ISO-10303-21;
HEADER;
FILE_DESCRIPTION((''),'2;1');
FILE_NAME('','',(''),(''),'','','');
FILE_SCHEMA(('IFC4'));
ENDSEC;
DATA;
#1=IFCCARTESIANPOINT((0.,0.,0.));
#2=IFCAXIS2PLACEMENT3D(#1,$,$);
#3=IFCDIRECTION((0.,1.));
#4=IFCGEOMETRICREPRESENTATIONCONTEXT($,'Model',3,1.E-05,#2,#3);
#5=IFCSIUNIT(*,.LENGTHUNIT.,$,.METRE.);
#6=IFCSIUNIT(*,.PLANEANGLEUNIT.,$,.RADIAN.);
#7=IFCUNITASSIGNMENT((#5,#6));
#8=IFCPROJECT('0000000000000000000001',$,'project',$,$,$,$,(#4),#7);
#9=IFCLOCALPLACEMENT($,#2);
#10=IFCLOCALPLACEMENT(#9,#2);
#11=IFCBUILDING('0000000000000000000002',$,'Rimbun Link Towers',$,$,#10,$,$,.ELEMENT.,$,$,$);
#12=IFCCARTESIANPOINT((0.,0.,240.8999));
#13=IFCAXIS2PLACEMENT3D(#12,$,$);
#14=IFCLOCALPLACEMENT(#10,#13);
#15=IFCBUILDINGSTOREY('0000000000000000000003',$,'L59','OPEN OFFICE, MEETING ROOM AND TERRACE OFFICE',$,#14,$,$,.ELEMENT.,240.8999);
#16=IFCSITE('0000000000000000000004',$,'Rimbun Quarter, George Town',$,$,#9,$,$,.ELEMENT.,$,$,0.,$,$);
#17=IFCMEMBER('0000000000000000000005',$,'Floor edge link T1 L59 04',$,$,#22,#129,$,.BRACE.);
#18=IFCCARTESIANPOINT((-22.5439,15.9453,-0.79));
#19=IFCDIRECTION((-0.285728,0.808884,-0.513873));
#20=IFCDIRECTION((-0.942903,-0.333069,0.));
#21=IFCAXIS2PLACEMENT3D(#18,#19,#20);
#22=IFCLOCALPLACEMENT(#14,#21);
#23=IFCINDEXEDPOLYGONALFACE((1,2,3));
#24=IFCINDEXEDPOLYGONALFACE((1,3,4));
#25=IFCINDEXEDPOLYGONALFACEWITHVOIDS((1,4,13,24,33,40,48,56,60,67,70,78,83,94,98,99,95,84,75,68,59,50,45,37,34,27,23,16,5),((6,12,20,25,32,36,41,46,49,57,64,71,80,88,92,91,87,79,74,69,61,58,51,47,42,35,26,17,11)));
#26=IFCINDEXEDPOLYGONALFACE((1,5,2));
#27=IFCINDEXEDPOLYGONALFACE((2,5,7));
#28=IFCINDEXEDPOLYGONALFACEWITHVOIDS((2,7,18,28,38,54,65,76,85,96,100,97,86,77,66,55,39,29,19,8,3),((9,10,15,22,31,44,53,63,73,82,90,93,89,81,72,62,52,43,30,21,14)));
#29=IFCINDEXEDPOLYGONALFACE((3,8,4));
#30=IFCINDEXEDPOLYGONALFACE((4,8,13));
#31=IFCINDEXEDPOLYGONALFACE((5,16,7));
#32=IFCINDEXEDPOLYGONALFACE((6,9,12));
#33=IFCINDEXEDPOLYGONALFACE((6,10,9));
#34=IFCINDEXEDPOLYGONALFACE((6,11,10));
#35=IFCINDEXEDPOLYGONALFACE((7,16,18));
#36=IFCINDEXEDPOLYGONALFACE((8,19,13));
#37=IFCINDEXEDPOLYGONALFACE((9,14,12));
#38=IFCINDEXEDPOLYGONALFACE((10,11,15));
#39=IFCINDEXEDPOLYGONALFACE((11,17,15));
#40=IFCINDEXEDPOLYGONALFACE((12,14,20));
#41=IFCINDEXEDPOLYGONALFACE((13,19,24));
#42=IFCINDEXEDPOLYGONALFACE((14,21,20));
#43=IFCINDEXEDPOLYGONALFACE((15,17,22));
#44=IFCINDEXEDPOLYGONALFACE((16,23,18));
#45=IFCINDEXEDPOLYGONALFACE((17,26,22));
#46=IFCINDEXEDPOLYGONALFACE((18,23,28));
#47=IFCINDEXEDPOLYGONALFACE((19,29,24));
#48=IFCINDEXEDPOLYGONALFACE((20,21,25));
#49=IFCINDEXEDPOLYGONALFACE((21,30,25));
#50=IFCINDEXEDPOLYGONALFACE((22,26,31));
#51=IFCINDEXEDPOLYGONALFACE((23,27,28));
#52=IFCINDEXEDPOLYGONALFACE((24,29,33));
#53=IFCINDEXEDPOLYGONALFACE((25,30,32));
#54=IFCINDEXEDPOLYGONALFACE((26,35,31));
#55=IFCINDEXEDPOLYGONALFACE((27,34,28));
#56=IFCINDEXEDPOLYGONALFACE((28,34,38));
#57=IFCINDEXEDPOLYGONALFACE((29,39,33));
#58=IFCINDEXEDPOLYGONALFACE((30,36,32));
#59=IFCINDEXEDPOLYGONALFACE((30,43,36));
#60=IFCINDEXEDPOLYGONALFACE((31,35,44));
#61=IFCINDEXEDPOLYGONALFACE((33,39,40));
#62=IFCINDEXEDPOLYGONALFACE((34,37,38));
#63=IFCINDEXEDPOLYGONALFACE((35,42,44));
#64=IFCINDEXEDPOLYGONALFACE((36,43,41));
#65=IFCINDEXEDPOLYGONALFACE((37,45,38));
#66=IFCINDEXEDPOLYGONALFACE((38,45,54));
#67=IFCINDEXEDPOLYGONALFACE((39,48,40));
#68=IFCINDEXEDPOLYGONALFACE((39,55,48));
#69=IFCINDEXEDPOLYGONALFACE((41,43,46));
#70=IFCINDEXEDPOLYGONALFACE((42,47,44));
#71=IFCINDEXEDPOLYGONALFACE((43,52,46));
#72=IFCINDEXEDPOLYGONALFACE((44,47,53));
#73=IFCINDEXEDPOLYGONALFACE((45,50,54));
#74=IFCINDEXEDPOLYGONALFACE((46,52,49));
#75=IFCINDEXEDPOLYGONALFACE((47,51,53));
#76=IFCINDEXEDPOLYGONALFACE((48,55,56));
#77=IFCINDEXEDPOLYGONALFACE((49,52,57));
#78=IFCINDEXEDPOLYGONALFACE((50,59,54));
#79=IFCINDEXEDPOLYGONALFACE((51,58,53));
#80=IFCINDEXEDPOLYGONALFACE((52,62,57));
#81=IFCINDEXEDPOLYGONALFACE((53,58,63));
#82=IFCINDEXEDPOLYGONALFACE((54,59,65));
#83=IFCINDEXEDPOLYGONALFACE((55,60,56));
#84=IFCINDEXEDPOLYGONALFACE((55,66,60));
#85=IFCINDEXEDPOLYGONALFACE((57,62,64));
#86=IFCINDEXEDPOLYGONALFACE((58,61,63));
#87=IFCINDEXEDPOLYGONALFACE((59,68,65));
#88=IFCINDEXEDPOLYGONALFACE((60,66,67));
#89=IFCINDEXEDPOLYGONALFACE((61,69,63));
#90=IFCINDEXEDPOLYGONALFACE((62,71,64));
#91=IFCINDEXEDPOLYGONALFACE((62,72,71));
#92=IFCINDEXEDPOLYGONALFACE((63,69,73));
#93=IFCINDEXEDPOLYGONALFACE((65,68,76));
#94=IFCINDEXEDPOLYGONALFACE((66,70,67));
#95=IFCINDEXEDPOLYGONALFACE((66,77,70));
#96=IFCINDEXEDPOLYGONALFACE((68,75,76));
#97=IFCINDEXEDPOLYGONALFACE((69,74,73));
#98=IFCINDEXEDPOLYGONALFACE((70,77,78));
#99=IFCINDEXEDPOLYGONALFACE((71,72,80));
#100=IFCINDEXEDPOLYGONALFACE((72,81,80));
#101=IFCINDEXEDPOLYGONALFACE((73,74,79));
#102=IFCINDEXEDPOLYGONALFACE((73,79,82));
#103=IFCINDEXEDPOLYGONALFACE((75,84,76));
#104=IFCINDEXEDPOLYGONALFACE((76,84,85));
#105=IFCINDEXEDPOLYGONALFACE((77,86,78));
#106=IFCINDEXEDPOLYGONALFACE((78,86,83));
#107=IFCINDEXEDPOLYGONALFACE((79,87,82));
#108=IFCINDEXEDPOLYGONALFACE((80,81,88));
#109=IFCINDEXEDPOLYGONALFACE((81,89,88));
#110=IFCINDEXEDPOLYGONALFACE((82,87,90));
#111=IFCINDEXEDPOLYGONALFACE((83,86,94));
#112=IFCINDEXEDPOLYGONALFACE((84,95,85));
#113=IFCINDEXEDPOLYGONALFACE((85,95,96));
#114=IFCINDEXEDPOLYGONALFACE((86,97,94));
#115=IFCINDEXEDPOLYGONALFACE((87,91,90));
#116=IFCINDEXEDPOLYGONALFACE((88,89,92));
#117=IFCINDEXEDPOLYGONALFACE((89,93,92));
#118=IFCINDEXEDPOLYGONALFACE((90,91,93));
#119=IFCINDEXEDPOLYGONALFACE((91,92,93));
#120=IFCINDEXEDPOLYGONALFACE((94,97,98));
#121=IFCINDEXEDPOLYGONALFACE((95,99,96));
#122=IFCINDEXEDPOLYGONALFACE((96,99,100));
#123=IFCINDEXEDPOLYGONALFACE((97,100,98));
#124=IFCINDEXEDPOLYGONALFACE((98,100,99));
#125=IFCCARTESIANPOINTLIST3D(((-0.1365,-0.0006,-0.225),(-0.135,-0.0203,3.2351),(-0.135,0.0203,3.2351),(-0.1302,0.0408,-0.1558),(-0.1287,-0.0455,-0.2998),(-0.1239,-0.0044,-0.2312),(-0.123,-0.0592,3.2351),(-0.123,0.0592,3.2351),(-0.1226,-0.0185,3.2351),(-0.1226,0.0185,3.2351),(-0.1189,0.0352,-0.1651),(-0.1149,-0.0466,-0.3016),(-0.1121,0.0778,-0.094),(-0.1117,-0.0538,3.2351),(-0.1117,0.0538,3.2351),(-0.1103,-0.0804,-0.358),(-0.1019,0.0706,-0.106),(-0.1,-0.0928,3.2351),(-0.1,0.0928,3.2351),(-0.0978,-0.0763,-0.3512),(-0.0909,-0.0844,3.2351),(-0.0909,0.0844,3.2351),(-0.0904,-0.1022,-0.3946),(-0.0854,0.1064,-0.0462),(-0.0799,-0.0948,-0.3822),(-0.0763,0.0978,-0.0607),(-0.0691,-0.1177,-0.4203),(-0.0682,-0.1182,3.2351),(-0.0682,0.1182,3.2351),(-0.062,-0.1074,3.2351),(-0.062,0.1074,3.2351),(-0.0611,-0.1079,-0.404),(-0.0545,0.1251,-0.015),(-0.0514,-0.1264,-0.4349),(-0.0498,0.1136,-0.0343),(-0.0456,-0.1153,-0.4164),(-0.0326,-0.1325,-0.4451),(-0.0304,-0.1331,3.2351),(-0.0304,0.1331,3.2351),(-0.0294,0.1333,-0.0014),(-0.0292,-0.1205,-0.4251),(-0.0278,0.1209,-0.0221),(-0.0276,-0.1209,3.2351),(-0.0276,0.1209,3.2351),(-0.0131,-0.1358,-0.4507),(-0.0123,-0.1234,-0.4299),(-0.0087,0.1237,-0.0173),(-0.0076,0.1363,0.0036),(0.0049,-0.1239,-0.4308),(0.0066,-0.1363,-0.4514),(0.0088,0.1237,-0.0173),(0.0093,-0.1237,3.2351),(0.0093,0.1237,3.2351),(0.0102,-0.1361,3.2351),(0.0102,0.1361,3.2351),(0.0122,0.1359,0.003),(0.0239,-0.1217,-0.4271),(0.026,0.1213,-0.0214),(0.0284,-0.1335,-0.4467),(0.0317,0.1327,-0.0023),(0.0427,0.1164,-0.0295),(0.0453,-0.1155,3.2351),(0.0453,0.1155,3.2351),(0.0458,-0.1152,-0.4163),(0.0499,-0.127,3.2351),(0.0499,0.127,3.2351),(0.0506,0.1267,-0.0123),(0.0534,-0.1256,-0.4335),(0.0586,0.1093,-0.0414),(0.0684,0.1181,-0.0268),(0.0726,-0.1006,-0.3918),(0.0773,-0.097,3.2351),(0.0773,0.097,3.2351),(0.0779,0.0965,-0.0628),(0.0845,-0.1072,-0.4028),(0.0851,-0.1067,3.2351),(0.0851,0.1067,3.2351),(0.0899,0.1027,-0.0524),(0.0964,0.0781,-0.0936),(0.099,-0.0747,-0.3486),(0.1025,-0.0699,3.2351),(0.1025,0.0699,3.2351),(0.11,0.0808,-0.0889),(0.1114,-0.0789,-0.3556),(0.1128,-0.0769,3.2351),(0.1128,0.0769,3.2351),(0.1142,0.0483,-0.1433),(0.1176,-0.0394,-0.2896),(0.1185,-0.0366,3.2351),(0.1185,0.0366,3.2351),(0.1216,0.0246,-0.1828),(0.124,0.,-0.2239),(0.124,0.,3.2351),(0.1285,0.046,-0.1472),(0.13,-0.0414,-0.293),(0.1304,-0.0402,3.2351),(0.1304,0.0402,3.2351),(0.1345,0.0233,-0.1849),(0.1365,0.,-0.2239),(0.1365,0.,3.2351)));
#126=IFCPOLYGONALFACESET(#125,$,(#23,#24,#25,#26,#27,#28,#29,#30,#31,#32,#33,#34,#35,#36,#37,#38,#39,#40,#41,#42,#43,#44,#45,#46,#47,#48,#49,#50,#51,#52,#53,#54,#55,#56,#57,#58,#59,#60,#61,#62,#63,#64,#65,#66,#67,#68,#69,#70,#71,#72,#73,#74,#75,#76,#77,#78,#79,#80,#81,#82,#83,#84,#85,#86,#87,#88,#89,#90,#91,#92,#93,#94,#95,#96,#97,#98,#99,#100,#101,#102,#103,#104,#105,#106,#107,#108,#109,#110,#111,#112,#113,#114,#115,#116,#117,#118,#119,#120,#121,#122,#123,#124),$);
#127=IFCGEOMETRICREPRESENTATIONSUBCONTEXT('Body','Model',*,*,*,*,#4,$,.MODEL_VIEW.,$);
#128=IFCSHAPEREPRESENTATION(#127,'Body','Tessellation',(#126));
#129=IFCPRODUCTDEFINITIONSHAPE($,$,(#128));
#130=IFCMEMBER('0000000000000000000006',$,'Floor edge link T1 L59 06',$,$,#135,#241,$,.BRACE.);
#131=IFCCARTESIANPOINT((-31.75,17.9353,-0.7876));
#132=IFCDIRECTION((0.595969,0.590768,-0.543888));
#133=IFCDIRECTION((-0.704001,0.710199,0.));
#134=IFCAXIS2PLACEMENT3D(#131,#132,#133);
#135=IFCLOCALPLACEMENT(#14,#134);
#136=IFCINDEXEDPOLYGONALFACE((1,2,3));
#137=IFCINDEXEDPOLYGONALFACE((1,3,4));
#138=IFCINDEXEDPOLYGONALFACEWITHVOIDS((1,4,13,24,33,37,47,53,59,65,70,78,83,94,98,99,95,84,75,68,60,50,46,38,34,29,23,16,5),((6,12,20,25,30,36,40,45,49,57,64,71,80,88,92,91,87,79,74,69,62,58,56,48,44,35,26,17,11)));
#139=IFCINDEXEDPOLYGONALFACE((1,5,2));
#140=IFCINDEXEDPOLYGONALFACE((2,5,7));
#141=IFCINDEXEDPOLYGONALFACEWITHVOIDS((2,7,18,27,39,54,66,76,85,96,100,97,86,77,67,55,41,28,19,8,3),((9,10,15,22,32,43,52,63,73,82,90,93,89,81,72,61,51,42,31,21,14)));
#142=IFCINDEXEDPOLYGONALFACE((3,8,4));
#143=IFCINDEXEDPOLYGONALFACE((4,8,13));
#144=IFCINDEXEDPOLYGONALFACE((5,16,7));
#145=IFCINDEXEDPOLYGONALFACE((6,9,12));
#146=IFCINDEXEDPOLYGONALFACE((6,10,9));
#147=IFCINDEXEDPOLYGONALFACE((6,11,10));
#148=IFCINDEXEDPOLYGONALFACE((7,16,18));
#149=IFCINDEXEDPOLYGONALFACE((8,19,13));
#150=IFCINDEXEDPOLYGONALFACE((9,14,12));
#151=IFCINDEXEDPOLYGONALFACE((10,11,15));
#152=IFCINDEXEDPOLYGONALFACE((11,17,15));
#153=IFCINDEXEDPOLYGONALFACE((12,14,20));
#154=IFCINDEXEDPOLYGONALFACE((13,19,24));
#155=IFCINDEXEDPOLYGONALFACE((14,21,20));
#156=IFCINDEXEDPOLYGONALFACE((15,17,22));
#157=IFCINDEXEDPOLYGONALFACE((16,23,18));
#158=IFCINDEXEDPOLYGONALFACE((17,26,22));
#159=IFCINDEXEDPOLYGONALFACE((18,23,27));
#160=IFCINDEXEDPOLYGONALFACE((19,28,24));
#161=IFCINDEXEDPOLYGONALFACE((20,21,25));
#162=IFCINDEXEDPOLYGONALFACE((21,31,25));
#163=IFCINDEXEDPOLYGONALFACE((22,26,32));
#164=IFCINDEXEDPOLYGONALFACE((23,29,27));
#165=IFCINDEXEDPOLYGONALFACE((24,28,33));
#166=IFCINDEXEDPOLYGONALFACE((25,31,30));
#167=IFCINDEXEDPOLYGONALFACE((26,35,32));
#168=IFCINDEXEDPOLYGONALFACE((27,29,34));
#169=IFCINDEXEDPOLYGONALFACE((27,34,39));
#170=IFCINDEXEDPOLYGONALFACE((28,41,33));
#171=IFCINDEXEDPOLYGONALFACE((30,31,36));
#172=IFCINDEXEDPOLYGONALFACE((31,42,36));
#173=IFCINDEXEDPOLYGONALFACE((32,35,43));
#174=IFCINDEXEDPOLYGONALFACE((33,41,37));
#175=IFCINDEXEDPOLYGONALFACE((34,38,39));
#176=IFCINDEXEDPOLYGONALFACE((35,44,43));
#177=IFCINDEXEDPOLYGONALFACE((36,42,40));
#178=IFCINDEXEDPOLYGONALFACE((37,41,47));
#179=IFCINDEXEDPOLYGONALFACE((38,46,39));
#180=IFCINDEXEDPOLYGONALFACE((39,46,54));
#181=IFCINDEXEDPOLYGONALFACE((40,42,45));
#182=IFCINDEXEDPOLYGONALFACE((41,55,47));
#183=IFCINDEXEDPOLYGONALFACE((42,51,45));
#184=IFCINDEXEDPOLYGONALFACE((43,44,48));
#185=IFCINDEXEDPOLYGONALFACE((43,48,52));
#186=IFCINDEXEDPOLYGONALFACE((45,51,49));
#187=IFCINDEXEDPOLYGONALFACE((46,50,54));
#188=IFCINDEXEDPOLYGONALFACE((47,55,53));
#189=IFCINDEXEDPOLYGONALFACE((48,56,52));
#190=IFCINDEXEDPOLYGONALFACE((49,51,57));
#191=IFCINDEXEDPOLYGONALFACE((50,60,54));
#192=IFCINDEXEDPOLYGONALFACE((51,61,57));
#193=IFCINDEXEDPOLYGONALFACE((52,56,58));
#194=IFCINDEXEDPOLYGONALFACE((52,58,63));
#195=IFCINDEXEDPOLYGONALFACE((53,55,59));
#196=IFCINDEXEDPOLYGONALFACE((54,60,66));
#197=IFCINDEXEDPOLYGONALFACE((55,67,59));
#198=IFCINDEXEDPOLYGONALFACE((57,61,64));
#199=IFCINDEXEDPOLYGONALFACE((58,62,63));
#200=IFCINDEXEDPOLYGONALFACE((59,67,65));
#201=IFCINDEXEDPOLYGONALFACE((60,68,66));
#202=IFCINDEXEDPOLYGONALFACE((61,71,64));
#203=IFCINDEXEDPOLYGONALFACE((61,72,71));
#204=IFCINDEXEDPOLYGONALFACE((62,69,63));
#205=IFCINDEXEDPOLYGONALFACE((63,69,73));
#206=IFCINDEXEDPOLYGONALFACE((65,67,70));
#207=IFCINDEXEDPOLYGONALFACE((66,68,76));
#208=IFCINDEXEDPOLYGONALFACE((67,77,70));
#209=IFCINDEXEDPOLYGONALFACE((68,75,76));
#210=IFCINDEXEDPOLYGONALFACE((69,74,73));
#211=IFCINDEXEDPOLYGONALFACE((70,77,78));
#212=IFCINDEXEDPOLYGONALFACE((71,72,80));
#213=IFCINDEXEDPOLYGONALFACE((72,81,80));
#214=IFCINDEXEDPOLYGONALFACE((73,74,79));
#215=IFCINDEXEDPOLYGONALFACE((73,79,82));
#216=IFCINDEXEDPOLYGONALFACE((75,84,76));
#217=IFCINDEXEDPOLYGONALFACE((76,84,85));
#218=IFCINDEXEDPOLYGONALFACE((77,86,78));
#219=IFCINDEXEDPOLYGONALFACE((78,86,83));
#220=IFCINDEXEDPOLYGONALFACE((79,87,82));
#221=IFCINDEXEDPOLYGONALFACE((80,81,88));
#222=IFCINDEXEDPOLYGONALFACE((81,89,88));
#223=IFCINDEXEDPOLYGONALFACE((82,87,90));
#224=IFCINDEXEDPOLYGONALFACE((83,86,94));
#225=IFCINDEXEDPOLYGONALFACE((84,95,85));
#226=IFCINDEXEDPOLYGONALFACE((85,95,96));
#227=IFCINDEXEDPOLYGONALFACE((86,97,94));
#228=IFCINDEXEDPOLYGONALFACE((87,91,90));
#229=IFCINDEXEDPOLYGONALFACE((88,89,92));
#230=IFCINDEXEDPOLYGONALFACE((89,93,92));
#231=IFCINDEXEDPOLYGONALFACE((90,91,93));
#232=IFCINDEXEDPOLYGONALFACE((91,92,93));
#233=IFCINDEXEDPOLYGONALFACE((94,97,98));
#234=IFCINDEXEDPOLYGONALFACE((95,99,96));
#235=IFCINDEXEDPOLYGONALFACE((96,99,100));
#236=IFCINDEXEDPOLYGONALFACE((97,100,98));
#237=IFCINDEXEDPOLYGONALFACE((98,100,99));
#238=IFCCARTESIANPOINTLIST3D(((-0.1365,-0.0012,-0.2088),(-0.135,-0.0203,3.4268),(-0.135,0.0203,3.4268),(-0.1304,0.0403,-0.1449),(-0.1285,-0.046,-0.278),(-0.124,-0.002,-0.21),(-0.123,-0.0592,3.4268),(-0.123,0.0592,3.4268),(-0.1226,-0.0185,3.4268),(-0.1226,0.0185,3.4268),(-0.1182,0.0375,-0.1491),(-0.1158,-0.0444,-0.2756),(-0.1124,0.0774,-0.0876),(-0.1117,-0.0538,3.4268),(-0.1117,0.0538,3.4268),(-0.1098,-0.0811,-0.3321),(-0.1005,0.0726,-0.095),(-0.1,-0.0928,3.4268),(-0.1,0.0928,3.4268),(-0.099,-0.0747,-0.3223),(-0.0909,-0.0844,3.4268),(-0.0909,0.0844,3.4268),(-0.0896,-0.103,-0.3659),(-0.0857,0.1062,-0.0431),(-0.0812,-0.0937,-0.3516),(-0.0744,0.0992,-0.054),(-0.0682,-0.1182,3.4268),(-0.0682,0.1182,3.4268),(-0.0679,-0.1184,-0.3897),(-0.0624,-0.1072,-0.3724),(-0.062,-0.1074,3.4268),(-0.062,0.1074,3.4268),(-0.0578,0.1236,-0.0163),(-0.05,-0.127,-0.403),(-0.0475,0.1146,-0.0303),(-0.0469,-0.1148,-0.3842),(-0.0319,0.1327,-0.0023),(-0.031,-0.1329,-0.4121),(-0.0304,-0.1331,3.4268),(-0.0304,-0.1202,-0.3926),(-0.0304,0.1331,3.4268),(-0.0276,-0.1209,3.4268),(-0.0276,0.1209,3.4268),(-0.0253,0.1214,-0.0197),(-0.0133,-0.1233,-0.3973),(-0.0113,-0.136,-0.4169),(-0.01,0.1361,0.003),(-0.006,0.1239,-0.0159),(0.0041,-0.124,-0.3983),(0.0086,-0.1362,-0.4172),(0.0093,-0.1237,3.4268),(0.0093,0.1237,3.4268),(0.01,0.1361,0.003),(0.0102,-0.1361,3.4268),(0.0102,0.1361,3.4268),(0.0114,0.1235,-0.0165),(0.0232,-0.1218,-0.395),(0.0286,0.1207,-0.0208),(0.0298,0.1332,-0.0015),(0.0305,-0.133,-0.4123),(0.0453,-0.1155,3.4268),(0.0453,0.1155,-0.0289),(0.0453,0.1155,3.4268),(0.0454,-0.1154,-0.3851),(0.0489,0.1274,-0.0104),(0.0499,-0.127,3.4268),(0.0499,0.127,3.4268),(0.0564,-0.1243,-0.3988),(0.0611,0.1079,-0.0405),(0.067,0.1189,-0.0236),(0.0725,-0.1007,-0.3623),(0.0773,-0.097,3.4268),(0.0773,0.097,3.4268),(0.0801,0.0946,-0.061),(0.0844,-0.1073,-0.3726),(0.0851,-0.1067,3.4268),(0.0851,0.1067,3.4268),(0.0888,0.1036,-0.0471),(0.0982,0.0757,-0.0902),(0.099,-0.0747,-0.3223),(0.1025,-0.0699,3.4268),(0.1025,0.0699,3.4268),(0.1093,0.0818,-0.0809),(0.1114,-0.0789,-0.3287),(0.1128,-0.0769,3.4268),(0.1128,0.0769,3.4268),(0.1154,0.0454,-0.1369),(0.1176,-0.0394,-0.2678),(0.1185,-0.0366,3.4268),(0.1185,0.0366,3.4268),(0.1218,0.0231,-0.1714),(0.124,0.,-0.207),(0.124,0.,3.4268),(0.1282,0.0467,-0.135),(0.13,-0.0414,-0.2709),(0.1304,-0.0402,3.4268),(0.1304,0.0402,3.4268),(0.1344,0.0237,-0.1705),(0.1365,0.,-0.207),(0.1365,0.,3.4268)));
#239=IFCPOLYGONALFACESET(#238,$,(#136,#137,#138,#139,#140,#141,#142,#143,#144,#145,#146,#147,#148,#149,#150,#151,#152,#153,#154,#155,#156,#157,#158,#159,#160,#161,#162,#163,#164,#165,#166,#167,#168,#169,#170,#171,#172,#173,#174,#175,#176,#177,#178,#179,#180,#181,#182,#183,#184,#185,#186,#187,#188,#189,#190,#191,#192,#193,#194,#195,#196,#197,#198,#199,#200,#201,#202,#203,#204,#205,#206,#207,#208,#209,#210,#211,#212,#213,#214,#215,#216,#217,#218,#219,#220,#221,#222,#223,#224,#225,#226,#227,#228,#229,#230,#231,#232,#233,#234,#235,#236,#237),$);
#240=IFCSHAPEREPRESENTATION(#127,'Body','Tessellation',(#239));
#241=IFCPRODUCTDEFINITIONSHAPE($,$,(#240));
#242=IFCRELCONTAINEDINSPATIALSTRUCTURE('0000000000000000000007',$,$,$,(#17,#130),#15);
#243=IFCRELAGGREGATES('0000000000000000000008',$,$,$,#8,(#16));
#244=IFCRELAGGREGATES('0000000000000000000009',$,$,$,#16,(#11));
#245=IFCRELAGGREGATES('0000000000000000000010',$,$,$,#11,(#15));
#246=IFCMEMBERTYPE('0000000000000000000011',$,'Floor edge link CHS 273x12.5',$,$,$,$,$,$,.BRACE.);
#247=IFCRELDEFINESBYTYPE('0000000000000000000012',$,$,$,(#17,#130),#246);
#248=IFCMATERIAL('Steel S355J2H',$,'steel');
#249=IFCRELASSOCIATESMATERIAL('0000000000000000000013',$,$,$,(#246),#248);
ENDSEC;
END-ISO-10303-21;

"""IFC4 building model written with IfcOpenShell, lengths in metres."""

from ifc_helpers import new_model, si_unit, direction, frame, origin, origin_2d, place, context, subcontext, project, spatial, hollow_circle, extrude, clip, halfspace, material, material_profile, profile_set, type_object, element, save


model = new_model("IFC4")

# Units and contexts
model_context = context("Model", 3, precision=1e-05, world=origin(), true_north=direction((0.0, 1.0)))
body_context = subcontext(model_context, "Body", "Model", "MODEL_VIEW")
ifc_project = project(units=[si_unit("LENGTHUNIT", "METRE"), si_unit("PLANEANGLEUNIT", "RADIAN")], contexts=[model_context])

# Site, building, storey
site_placement = place(None, origin())
site = spatial("IfcSite", under=ifc_project, at=site_placement, Name="Rimbun Quarter, George Town", CompositionType="ELEMENT", RefElevation=0.0)
building_placement = place(site_placement, origin())
building = spatial("IfcBuilding", under=site, at=building_placement, Name="Rimbun Link Towers", CompositionType="ELEMENT")
storey_placement = place(building_placement, frame((0.0, 0.0, 240.8999)))
storey = spatial("IfcBuildingStorey", under=building, at=storey_placement, Name="L59", Description="OPEN OFFICE, MEETING ROOM AND TERRACE OFFICE", CompositionType="ELEMENT", Elevation=240.8999)

# Members
ifc_material_1 = material(Name="Steel S355J2H", Category="steel")
ifc_material_profile_1 = material_profile(ifc_material_1, hollow_circle(Radius=0.1365, WallThickness=0.0125, at=origin_2d()), Name="CHS 273x12.5")
ifc_profile_set_1 = profile_set([ifc_material_profile_1], Name="Steel S355J2H")
member_type_1 = type_object("IfcMemberType", Name="Floor edge link CHS 273x12.5", PredefinedType="BRACE", material=ifc_profile_set_1)
member_1_placement = place(storey_placement, frame((-22.5439, 15.9453, -0.79), z_axis=(-0.285728, 0.808884, -0.513873), x_axis=(-0.942903, -0.333069, 0.0)))
element("IfcMember", 1, at=member_1_placement, inside=storey, type_object=member_type_1, Name="Floor edge link T1 L59 04", PredefinedType="BRACE", context=body_context, shape_type="Clipping", body=[
    clip(extrude(hollow_circle(Radius=0.1365, WallThickness=0.0125, at=origin_2d()), frame((0.0, 0.0, -0.4751)), (0.0, 0.0, 1.0), 3.7102), halfspace(frame((0.0, 0.0, -0.2239), z_axis=(0.0, 0.857866, -0.513873)), False)),
])
member_2_placement = place(storey_placement, frame((-31.75, 17.9353, -0.7876), z_axis=(0.595969, 0.590768, -0.543888), x_axis=(-0.704001, 0.710199, 0.0)))
element("IfcMember", 2, at=member_2_placement, inside=storey, type_object=member_type_1, Name="Floor edge link T1 L59 06", PredefinedType="BRACE", context=body_context, shape_type="Clipping", body=[
    clip(extrude(hollow_circle(Radius=0.1365, WallThickness=0.0125, at=origin_2d()), frame((0.0, 0.0, -0.4397)), (0.0, 0.0, 1.0), 3.8665), halfspace(frame((0.0, 0.0, -0.207), z_axis=(0.0, 0.839158, -0.543888)), False)),
])

save(model, "model.ifc")
